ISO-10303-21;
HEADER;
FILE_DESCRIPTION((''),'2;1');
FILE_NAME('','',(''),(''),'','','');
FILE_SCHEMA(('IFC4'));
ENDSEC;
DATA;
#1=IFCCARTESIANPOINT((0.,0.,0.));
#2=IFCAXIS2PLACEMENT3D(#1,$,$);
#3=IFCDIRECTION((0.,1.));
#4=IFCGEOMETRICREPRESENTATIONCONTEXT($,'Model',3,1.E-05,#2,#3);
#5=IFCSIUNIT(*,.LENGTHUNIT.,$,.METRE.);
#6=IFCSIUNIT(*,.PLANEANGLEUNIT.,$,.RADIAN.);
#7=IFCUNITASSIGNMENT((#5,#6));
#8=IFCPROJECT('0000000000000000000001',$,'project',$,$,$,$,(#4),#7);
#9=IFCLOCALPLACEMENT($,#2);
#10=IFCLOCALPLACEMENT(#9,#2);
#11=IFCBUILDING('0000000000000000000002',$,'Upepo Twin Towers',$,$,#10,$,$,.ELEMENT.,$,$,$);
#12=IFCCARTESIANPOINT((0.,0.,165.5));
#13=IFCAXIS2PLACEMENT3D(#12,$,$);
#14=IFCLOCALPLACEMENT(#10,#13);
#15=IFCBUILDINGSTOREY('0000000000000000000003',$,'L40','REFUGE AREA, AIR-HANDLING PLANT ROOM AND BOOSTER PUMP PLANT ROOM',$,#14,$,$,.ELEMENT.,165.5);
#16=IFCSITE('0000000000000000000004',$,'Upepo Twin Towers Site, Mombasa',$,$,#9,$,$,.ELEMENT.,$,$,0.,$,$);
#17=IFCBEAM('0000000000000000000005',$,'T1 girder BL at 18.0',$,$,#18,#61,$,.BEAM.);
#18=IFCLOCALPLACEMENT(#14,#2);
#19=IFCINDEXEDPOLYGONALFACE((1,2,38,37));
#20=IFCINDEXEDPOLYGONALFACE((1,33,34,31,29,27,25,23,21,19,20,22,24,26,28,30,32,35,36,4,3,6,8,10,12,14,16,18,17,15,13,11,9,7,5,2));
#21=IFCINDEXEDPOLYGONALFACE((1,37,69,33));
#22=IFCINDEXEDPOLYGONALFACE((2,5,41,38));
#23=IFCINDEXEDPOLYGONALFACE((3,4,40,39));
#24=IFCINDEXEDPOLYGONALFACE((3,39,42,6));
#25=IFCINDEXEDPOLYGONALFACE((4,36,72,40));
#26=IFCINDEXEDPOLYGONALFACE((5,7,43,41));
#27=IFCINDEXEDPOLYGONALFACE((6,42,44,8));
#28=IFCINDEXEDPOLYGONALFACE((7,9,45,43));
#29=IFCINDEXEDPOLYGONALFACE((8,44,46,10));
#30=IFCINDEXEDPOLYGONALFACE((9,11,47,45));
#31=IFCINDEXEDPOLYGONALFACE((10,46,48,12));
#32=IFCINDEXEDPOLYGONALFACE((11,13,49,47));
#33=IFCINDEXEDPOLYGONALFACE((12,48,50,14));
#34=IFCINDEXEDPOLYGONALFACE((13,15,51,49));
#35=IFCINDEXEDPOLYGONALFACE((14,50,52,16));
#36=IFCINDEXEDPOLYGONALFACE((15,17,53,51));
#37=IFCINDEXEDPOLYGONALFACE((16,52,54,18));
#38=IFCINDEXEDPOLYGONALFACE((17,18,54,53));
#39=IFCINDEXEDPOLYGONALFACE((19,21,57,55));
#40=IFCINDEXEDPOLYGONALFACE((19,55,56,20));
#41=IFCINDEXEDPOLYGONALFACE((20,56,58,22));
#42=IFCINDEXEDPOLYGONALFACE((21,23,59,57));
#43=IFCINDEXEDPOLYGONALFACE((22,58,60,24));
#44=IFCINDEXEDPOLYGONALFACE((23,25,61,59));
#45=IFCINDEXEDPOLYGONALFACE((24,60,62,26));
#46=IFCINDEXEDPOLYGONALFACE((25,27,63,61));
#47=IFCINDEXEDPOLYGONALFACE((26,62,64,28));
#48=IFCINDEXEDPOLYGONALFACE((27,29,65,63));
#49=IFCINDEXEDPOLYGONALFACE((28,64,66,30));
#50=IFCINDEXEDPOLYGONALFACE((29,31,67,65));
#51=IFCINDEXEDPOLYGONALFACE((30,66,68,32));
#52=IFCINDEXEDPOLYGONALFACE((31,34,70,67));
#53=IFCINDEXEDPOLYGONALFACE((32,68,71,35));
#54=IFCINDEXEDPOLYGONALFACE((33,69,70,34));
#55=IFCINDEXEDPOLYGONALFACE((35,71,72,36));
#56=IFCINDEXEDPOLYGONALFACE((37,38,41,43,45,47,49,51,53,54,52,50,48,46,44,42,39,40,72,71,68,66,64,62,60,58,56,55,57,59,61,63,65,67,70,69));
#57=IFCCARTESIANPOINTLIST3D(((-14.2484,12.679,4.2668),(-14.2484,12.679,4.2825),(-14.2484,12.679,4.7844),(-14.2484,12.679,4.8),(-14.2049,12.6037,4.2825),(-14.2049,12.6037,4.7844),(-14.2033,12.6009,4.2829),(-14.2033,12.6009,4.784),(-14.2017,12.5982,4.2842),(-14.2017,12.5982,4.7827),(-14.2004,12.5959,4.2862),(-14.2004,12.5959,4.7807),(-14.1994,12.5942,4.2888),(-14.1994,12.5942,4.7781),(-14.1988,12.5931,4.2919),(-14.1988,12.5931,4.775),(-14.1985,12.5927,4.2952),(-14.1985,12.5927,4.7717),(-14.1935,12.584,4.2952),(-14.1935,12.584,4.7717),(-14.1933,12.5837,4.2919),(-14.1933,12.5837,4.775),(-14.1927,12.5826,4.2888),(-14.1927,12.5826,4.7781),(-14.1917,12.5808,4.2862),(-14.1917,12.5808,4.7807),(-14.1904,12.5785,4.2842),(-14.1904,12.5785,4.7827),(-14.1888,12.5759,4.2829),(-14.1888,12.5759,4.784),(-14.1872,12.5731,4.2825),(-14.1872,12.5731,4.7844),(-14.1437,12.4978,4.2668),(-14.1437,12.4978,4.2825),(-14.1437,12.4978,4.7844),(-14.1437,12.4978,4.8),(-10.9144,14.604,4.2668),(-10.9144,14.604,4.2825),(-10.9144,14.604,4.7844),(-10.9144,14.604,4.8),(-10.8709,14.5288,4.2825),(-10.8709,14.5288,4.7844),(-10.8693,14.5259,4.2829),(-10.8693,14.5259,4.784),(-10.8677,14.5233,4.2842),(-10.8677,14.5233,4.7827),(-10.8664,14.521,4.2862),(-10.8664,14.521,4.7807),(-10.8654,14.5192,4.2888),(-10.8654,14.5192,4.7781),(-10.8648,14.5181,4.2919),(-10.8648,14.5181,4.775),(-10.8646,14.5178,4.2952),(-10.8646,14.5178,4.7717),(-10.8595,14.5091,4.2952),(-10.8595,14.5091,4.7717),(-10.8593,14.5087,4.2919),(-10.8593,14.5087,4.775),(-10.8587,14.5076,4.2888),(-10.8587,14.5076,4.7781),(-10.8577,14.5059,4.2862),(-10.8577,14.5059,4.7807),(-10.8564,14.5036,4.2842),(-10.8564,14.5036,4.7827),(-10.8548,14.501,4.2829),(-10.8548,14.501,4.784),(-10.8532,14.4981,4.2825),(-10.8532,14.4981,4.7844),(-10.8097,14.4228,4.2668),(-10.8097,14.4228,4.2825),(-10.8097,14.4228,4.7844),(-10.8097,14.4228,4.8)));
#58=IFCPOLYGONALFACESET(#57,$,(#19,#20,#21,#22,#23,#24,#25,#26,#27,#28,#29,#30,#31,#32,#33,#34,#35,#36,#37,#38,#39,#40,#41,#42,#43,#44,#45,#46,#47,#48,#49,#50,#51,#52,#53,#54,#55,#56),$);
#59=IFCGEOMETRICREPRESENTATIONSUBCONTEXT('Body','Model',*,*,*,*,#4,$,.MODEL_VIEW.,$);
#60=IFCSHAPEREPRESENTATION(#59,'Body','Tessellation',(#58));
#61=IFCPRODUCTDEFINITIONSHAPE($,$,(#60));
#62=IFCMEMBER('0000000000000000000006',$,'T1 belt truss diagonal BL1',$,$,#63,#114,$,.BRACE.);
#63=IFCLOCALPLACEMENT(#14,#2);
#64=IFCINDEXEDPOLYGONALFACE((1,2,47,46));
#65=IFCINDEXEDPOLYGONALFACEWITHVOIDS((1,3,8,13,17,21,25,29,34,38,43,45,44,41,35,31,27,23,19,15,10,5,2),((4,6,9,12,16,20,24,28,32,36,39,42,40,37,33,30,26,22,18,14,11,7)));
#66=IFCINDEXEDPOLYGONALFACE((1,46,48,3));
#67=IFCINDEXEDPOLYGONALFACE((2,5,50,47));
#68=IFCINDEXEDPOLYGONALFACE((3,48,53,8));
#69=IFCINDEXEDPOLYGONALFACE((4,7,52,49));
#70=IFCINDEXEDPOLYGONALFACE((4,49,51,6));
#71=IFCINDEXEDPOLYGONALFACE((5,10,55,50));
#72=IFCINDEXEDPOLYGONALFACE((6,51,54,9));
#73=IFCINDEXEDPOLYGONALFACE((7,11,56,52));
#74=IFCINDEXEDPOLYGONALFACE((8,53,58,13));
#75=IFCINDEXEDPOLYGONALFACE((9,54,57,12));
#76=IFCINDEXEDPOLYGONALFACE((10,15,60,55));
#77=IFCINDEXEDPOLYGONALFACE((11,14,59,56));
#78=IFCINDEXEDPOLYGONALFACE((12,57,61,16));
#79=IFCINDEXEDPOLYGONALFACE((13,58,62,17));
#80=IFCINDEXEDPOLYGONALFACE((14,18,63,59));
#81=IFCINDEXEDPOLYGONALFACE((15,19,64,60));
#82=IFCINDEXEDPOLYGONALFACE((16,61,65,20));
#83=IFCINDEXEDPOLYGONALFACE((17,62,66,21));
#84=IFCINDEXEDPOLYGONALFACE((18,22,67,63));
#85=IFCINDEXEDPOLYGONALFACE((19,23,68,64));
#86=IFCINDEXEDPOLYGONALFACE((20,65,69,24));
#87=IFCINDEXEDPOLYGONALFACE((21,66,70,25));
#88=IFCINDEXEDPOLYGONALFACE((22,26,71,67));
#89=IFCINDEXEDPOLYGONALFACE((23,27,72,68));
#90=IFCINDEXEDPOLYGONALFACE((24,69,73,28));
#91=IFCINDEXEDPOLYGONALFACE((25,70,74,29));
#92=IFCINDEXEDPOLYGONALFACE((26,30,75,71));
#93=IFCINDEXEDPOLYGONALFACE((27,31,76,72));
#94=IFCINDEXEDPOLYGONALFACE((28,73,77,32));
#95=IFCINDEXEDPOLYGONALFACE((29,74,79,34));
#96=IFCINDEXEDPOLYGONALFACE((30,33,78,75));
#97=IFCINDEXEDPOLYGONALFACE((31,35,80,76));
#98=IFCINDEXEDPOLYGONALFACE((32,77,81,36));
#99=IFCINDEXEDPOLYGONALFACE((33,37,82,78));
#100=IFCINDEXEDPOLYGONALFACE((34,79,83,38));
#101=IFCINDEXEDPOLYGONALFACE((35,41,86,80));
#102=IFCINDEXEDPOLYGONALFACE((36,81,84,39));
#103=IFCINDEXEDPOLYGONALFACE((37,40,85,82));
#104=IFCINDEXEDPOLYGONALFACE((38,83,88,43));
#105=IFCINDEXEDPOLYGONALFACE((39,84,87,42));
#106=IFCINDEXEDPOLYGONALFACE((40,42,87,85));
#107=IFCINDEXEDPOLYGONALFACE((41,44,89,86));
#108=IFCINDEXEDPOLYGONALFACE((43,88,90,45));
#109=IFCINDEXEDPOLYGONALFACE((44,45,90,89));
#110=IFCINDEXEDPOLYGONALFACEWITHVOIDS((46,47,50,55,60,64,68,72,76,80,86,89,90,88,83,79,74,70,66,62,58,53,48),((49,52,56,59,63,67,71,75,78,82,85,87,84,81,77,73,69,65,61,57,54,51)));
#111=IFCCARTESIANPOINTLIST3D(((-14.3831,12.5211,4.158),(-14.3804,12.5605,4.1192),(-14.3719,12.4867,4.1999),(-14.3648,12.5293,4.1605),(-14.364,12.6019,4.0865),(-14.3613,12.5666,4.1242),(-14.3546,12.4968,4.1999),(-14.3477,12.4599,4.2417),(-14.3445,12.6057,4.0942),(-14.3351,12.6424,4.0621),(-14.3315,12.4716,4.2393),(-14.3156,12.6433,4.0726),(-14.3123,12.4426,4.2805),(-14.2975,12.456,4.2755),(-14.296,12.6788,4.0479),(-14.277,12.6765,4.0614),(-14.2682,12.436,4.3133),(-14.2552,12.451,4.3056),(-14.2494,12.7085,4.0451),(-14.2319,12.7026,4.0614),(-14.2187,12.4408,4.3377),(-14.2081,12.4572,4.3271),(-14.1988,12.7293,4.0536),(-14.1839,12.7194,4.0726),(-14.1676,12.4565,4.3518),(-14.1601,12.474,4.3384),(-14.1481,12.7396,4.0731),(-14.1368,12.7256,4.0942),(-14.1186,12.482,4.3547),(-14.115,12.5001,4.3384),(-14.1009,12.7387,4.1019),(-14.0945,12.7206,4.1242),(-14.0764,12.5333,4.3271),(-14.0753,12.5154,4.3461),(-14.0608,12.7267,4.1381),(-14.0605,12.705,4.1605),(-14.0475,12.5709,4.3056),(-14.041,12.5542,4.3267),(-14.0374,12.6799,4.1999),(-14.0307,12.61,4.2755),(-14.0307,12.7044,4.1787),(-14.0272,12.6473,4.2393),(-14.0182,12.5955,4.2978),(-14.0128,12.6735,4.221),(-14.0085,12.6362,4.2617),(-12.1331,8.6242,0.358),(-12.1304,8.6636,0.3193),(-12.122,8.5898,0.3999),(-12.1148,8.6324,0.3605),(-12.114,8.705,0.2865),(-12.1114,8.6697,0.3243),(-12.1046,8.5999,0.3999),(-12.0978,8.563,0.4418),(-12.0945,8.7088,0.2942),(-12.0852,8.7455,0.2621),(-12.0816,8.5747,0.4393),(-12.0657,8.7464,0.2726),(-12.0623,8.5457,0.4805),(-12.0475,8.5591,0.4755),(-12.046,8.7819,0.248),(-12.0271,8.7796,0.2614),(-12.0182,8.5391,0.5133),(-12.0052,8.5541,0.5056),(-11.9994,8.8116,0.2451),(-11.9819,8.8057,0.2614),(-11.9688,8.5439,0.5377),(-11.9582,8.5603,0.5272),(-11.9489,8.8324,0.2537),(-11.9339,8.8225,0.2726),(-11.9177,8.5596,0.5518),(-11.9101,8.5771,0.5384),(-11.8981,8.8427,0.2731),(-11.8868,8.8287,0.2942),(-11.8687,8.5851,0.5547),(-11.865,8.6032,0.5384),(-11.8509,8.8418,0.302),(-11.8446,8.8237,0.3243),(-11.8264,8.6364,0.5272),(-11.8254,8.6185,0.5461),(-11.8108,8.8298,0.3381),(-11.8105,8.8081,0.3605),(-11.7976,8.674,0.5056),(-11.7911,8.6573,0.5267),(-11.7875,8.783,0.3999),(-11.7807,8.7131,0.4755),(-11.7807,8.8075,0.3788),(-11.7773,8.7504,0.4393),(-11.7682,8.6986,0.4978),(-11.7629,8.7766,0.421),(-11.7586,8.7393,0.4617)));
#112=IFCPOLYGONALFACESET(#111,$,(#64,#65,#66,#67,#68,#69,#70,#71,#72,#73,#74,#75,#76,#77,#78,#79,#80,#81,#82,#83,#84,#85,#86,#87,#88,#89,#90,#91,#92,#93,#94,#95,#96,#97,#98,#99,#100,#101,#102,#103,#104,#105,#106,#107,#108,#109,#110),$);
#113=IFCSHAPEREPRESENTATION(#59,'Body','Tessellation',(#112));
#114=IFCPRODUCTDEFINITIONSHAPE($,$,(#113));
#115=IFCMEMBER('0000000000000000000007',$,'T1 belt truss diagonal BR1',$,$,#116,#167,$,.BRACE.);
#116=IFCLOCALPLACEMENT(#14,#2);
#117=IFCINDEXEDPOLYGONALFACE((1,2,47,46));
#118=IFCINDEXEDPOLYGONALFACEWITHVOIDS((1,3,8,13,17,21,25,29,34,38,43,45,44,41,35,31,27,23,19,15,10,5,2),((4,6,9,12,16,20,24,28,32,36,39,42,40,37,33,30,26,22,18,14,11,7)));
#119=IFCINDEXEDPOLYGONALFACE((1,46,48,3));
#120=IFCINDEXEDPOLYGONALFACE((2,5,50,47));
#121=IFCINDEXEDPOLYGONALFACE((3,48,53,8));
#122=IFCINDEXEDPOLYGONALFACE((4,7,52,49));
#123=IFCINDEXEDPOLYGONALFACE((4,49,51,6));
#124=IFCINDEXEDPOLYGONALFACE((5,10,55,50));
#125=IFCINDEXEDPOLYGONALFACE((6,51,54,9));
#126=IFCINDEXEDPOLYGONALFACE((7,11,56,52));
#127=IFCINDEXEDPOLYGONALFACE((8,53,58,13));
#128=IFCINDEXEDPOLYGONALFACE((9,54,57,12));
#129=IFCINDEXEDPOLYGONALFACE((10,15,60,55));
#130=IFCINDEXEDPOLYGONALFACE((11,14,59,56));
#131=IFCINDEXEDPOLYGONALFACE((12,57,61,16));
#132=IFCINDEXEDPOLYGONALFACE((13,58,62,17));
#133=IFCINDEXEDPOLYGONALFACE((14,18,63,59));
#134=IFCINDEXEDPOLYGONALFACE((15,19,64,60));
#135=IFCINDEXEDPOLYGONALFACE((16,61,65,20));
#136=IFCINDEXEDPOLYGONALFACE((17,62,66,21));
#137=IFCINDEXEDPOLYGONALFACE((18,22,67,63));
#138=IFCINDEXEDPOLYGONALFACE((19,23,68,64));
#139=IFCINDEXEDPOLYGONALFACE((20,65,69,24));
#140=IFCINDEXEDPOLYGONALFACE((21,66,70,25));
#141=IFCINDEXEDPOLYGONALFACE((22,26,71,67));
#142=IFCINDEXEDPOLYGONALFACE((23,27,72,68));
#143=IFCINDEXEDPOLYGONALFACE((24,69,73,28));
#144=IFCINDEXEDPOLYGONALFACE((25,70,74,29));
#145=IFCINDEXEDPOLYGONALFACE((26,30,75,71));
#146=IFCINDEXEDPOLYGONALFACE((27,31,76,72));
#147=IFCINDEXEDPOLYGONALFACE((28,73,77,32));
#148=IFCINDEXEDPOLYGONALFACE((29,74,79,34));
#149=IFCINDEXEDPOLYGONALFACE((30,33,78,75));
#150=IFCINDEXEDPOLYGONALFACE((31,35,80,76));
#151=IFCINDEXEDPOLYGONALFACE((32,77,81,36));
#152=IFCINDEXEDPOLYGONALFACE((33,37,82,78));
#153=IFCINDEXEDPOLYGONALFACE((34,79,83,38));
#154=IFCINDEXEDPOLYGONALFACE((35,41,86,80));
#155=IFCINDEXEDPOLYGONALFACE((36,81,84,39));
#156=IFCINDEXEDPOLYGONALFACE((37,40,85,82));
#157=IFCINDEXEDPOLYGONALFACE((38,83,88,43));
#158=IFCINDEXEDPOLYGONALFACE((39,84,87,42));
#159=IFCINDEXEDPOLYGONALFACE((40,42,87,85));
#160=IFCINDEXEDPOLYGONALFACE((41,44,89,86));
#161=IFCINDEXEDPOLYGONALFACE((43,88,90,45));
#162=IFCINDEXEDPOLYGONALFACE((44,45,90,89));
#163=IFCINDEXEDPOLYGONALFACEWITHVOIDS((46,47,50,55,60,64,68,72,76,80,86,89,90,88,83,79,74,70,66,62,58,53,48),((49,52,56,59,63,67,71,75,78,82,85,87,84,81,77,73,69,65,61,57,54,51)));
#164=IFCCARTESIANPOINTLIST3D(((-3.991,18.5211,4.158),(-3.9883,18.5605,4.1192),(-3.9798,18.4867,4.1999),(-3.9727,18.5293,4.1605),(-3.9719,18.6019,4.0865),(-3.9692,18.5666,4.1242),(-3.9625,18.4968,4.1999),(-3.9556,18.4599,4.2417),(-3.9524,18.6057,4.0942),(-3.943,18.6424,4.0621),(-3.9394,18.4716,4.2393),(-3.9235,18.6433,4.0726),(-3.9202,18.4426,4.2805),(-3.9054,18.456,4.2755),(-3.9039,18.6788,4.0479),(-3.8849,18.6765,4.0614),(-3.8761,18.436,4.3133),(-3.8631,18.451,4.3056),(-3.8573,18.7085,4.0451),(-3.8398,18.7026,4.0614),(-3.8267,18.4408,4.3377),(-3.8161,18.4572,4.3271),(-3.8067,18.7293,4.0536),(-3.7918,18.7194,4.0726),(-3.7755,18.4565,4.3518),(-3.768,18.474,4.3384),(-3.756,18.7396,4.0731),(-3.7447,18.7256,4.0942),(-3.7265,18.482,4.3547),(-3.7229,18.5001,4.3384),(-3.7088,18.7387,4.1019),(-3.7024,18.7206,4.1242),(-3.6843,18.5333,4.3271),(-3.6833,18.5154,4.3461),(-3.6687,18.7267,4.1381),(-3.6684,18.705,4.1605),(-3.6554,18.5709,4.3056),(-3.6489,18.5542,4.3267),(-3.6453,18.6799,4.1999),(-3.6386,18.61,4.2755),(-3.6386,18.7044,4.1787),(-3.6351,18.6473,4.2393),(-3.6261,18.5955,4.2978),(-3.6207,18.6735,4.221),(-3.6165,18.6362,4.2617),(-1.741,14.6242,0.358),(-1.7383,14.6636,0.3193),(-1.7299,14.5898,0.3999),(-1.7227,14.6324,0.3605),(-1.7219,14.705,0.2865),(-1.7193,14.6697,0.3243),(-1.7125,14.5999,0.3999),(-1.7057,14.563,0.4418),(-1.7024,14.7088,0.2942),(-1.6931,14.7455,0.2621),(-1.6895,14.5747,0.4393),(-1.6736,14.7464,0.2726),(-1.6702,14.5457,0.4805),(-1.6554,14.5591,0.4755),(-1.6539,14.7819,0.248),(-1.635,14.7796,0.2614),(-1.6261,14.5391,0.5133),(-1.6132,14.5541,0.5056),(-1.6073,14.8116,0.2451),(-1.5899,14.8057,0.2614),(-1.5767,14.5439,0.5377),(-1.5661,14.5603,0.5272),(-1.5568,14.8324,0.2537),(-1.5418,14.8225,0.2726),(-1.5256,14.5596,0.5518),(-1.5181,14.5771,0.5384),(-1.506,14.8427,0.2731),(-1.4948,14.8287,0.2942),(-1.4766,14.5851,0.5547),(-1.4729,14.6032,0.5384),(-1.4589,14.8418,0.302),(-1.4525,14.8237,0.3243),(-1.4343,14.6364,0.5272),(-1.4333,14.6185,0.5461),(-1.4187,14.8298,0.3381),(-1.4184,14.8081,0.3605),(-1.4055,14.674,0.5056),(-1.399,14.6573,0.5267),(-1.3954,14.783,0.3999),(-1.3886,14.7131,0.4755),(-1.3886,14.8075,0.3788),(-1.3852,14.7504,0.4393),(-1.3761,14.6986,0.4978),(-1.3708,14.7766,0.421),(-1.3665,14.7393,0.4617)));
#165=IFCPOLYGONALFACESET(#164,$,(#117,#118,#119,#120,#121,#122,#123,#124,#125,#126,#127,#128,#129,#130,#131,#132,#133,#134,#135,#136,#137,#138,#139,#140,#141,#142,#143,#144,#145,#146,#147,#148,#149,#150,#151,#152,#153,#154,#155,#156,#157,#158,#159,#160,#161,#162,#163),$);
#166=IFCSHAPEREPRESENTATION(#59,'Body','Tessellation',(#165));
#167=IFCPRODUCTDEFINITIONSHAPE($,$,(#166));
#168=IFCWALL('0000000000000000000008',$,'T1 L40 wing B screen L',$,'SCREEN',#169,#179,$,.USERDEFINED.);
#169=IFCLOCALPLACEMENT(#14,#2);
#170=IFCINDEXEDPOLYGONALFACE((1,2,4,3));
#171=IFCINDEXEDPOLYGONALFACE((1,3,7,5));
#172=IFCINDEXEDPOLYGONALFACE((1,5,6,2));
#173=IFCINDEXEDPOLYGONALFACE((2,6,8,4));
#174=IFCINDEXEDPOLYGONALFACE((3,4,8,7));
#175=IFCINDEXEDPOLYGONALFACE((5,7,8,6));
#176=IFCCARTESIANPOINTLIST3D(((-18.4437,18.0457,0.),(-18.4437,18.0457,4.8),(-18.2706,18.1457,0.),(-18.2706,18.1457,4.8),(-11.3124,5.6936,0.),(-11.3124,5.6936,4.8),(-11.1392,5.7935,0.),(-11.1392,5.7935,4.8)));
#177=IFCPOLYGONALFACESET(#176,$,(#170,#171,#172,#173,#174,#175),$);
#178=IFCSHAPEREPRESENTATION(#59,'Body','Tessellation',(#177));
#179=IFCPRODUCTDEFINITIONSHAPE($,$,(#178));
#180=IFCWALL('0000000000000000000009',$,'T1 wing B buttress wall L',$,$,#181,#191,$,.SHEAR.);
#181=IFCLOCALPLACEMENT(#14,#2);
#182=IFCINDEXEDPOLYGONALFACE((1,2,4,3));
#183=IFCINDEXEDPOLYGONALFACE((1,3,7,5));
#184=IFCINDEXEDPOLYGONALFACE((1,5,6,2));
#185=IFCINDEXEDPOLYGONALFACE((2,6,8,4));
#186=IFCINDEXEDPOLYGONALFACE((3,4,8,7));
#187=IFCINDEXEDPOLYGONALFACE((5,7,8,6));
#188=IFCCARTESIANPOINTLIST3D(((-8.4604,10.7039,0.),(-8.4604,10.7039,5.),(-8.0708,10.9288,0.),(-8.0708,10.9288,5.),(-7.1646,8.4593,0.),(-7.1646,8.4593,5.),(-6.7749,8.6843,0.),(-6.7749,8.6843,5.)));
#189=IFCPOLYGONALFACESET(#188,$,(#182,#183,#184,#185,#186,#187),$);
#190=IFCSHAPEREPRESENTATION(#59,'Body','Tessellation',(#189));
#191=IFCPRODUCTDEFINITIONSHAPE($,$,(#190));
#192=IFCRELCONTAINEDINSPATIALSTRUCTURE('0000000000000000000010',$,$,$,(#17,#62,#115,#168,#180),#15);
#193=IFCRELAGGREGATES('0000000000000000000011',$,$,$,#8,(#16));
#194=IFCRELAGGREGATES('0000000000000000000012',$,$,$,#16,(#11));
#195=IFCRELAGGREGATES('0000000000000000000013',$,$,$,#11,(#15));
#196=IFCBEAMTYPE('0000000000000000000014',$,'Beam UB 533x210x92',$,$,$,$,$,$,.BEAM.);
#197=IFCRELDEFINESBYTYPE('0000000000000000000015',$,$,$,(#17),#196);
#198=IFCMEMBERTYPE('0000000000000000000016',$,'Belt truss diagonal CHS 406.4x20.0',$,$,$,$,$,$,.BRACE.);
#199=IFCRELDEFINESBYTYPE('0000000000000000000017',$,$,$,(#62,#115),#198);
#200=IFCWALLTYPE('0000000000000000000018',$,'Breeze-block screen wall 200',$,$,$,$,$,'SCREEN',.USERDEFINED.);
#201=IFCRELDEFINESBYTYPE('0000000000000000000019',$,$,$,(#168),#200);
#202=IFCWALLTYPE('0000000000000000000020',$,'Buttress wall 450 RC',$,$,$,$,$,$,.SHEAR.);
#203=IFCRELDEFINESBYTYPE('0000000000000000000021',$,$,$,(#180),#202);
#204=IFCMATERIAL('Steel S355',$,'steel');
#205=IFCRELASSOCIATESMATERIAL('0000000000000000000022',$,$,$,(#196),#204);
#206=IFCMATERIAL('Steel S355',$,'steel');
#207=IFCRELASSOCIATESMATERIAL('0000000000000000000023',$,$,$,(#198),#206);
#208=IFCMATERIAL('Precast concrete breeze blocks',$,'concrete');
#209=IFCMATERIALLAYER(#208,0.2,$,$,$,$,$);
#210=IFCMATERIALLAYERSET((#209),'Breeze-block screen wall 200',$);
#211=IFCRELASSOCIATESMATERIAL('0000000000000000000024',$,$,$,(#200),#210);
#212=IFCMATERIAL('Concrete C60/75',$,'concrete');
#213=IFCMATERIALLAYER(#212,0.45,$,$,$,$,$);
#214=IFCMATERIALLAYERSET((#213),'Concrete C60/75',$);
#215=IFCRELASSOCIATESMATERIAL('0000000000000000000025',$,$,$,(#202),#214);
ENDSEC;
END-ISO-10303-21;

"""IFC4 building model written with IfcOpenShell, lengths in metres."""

from ifc_helpers import new_model, si_unit, direction, frame, frame_2d, origin, origin_2d, place, context, subcontext, project, spatial, rectangle, hollow_circle, i_section, extrude, material, layer, layer_set, material_profile, profile_set, type_object, element, save


model = new_model("IFC4")

# Units and contexts
model_context = context("Model", 3, precision=1e-05, world=origin(), true_north=direction((0.0, 1.0)))
body_context = subcontext(model_context, "Body", "Model", "MODEL_VIEW")
ifc_project = project(units=[si_unit("LENGTHUNIT", "METRE"), si_unit("PLANEANGLEUNIT", "RADIAN")], contexts=[model_context])

# Site, building, storey
site_placement = place(None, origin())
site = spatial("IfcSite", under=ifc_project, at=site_placement, Name="Upepo Twin Towers Site, Mombasa", CompositionType="ELEMENT", RefElevation=0.0)
building_placement = place(site_placement, origin())
building = spatial("IfcBuilding", under=site, at=building_placement, Name="Upepo Twin Towers", CompositionType="ELEMENT")
storey_placement = place(building_placement, frame((0.0, 0.0, 165.5)))
storey = spatial("IfcBuildingStorey", under=building, at=storey_placement, Name="L40", Description="REFUGE AREA, AIR-HANDLING PLANT ROOM AND BOOSTER PUMP PLANT ROOM", CompositionType="ELEMENT", Elevation=165.5)

# Beam
ifc_material_1 = material(Name="Steel S355", Category="steel")
ifc_material_profile_1 = material_profile(ifc_material_1, i_section(OverallWidth=0.2092, OverallDepth=0.5332, WebThickness=0.01, FlangeThickness=0.0156, FilletRadius=0.0127, at=origin_2d()), Name="UB 533x210x92")
ifc_profile_set_1 = profile_set([ifc_material_profile_1], Name="Steel S355")
beam_type_1 = type_object("IfcBeamType", Name="Beam UB 533x210x92", PredefinedType="BEAM", material=ifc_profile_set_1)
beam_1_placement = place(storey_placement, frame((-14.196, 12.5884, 4.5334), z_axis=(0.866006, 0.500034, 0.0), x_axis=(-0.500034, 0.866006, 0.0)))
element("IfcBeam", 1, at=beam_1_placement, inside=storey, type_object=beam_type_1, Name="T1 girder BL at 18.0", PredefinedType="BEAM", context=body_context, shape_type="SweptSolid", body=[
    extrude(i_section(OverallWidth=0.2092, OverallDepth=0.5332, WebThickness=0.01, FlangeThickness=0.0156, FilletRadius=0.0127, at=origin_2d()), origin(), (0.0, 0.0, 1.0), 3.8499),
])

# Members
ifc_material_2 = material(Name="Steel S355", Category="steel")
ifc_material_profile_2 = material_profile(ifc_material_2, hollow_circle(Radius=0.2031, WallThickness=0.02, at=origin_2d()), Name="CHS 406.4x20.0")
ifc_profile_set_2 = profile_set([ifc_material_profile_2], Name="Steel S355")
member_type = type_object("IfcMemberType", Name="Belt truss diagonal CHS 406.4x20.0", PredefinedType="BRACE", material=ifc_profile_set_2)
for number, where, z_axis, x_axis, name in (
    (2, (-11.946, 8.6914, 0.3999), (-0.382019, 0.661652, 0.645196), (-0.866018, -0.500014, 0.0), "T1 belt truss diagonal BL1"),
    (3, (-1.554, 14.6914, 0.3999), (-0.382019, 0.661652, 0.645196), (-0.866018, -0.500014, 0.0), "T1 belt truss diagonal BR1"),
):
    element("IfcMember", number, at=place(storey_placement, frame(where, z_axis=z_axis, x_axis=x_axis)), inside=storey, type_object=member_type, Name=name, PredefinedType="BRACE", context=body_context, shape_type="SweptSolid", body=[
        extrude(hollow_circle(Radius=0.2031, WallThickness=0.02, at=origin_2d()), origin(), (0.0, 0.0, 1.0), 5.8896),
    ])

# Walls
ifc_material_3 = material(Name="Precast concrete breeze blocks", Category="concrete")
ifc_layer_1 = layer(ifc_material_3, 0.2)
ifc_layer_set_1 = layer_set([ifc_layer_1], Name="Breeze-block screen wall 200")
wall_type_1 = type_object("IfcWallType", Name="Breeze-block screen wall 200", ElementType="SCREEN", PredefinedType="USERDEFINED", material=ifc_layer_set_1)
wall_1_placement = place(storey_placement, frame((-11.2258, 5.7437, 0.0), z_axis=(0.0, 0.0, 1.0), x_axis=(-0.499994, 0.866029, 0.0)))
element("IfcWall", 4, at=wall_1_placement, inside=storey, type_object=wall_type_1, Name="T1 L40 wing B screen L", ObjectType="SCREEN", PredefinedType="USERDEFINED", context=body_context, shape_type="SweptSolid", body=[
    extrude(rectangle(XDim=14.2629, YDim=0.2, at=frame_2d((7.1313, 0.0))), origin(), (0.0, 0.0, 1.0), 4.8),
])
ifc_material_4 = material(Name="Concrete C60/75", Category="concrete")
ifc_layer_2 = layer(ifc_material_4, 0.45)
ifc_layer_set_2 = layer_set([ifc_layer_2], Name="Concrete C60/75")
wall_type_2 = type_object("IfcWallType", Name="Buttress wall 450 RC", PredefinedType="SHEAR", material=ifc_layer_set_2)
for number, where, z_axis, x_axis, name in (
    (5, (-6.9697, 8.5718, 0.0), (0.0, 0.0, 1.0), (-0.499989, 0.866032, 0.0), "T1 wing B buttress wall L"),
):
    element("IfcWall", number, at=place(storey_placement, frame(where, z_axis=z_axis, x_axis=x_axis)), inside=storey, type_object=wall_type_2, Name=name, PredefinedType="SHEAR", context=body_context, shape_type="SweptSolid", body=[
        extrude(rectangle(XDim=2.5918, YDim=0.45, at=frame_2d((1.2959, 0.0))), origin(), (0.0, 0.0, 1.0), 5.0),
    ])

save(model, "model.ifc")
